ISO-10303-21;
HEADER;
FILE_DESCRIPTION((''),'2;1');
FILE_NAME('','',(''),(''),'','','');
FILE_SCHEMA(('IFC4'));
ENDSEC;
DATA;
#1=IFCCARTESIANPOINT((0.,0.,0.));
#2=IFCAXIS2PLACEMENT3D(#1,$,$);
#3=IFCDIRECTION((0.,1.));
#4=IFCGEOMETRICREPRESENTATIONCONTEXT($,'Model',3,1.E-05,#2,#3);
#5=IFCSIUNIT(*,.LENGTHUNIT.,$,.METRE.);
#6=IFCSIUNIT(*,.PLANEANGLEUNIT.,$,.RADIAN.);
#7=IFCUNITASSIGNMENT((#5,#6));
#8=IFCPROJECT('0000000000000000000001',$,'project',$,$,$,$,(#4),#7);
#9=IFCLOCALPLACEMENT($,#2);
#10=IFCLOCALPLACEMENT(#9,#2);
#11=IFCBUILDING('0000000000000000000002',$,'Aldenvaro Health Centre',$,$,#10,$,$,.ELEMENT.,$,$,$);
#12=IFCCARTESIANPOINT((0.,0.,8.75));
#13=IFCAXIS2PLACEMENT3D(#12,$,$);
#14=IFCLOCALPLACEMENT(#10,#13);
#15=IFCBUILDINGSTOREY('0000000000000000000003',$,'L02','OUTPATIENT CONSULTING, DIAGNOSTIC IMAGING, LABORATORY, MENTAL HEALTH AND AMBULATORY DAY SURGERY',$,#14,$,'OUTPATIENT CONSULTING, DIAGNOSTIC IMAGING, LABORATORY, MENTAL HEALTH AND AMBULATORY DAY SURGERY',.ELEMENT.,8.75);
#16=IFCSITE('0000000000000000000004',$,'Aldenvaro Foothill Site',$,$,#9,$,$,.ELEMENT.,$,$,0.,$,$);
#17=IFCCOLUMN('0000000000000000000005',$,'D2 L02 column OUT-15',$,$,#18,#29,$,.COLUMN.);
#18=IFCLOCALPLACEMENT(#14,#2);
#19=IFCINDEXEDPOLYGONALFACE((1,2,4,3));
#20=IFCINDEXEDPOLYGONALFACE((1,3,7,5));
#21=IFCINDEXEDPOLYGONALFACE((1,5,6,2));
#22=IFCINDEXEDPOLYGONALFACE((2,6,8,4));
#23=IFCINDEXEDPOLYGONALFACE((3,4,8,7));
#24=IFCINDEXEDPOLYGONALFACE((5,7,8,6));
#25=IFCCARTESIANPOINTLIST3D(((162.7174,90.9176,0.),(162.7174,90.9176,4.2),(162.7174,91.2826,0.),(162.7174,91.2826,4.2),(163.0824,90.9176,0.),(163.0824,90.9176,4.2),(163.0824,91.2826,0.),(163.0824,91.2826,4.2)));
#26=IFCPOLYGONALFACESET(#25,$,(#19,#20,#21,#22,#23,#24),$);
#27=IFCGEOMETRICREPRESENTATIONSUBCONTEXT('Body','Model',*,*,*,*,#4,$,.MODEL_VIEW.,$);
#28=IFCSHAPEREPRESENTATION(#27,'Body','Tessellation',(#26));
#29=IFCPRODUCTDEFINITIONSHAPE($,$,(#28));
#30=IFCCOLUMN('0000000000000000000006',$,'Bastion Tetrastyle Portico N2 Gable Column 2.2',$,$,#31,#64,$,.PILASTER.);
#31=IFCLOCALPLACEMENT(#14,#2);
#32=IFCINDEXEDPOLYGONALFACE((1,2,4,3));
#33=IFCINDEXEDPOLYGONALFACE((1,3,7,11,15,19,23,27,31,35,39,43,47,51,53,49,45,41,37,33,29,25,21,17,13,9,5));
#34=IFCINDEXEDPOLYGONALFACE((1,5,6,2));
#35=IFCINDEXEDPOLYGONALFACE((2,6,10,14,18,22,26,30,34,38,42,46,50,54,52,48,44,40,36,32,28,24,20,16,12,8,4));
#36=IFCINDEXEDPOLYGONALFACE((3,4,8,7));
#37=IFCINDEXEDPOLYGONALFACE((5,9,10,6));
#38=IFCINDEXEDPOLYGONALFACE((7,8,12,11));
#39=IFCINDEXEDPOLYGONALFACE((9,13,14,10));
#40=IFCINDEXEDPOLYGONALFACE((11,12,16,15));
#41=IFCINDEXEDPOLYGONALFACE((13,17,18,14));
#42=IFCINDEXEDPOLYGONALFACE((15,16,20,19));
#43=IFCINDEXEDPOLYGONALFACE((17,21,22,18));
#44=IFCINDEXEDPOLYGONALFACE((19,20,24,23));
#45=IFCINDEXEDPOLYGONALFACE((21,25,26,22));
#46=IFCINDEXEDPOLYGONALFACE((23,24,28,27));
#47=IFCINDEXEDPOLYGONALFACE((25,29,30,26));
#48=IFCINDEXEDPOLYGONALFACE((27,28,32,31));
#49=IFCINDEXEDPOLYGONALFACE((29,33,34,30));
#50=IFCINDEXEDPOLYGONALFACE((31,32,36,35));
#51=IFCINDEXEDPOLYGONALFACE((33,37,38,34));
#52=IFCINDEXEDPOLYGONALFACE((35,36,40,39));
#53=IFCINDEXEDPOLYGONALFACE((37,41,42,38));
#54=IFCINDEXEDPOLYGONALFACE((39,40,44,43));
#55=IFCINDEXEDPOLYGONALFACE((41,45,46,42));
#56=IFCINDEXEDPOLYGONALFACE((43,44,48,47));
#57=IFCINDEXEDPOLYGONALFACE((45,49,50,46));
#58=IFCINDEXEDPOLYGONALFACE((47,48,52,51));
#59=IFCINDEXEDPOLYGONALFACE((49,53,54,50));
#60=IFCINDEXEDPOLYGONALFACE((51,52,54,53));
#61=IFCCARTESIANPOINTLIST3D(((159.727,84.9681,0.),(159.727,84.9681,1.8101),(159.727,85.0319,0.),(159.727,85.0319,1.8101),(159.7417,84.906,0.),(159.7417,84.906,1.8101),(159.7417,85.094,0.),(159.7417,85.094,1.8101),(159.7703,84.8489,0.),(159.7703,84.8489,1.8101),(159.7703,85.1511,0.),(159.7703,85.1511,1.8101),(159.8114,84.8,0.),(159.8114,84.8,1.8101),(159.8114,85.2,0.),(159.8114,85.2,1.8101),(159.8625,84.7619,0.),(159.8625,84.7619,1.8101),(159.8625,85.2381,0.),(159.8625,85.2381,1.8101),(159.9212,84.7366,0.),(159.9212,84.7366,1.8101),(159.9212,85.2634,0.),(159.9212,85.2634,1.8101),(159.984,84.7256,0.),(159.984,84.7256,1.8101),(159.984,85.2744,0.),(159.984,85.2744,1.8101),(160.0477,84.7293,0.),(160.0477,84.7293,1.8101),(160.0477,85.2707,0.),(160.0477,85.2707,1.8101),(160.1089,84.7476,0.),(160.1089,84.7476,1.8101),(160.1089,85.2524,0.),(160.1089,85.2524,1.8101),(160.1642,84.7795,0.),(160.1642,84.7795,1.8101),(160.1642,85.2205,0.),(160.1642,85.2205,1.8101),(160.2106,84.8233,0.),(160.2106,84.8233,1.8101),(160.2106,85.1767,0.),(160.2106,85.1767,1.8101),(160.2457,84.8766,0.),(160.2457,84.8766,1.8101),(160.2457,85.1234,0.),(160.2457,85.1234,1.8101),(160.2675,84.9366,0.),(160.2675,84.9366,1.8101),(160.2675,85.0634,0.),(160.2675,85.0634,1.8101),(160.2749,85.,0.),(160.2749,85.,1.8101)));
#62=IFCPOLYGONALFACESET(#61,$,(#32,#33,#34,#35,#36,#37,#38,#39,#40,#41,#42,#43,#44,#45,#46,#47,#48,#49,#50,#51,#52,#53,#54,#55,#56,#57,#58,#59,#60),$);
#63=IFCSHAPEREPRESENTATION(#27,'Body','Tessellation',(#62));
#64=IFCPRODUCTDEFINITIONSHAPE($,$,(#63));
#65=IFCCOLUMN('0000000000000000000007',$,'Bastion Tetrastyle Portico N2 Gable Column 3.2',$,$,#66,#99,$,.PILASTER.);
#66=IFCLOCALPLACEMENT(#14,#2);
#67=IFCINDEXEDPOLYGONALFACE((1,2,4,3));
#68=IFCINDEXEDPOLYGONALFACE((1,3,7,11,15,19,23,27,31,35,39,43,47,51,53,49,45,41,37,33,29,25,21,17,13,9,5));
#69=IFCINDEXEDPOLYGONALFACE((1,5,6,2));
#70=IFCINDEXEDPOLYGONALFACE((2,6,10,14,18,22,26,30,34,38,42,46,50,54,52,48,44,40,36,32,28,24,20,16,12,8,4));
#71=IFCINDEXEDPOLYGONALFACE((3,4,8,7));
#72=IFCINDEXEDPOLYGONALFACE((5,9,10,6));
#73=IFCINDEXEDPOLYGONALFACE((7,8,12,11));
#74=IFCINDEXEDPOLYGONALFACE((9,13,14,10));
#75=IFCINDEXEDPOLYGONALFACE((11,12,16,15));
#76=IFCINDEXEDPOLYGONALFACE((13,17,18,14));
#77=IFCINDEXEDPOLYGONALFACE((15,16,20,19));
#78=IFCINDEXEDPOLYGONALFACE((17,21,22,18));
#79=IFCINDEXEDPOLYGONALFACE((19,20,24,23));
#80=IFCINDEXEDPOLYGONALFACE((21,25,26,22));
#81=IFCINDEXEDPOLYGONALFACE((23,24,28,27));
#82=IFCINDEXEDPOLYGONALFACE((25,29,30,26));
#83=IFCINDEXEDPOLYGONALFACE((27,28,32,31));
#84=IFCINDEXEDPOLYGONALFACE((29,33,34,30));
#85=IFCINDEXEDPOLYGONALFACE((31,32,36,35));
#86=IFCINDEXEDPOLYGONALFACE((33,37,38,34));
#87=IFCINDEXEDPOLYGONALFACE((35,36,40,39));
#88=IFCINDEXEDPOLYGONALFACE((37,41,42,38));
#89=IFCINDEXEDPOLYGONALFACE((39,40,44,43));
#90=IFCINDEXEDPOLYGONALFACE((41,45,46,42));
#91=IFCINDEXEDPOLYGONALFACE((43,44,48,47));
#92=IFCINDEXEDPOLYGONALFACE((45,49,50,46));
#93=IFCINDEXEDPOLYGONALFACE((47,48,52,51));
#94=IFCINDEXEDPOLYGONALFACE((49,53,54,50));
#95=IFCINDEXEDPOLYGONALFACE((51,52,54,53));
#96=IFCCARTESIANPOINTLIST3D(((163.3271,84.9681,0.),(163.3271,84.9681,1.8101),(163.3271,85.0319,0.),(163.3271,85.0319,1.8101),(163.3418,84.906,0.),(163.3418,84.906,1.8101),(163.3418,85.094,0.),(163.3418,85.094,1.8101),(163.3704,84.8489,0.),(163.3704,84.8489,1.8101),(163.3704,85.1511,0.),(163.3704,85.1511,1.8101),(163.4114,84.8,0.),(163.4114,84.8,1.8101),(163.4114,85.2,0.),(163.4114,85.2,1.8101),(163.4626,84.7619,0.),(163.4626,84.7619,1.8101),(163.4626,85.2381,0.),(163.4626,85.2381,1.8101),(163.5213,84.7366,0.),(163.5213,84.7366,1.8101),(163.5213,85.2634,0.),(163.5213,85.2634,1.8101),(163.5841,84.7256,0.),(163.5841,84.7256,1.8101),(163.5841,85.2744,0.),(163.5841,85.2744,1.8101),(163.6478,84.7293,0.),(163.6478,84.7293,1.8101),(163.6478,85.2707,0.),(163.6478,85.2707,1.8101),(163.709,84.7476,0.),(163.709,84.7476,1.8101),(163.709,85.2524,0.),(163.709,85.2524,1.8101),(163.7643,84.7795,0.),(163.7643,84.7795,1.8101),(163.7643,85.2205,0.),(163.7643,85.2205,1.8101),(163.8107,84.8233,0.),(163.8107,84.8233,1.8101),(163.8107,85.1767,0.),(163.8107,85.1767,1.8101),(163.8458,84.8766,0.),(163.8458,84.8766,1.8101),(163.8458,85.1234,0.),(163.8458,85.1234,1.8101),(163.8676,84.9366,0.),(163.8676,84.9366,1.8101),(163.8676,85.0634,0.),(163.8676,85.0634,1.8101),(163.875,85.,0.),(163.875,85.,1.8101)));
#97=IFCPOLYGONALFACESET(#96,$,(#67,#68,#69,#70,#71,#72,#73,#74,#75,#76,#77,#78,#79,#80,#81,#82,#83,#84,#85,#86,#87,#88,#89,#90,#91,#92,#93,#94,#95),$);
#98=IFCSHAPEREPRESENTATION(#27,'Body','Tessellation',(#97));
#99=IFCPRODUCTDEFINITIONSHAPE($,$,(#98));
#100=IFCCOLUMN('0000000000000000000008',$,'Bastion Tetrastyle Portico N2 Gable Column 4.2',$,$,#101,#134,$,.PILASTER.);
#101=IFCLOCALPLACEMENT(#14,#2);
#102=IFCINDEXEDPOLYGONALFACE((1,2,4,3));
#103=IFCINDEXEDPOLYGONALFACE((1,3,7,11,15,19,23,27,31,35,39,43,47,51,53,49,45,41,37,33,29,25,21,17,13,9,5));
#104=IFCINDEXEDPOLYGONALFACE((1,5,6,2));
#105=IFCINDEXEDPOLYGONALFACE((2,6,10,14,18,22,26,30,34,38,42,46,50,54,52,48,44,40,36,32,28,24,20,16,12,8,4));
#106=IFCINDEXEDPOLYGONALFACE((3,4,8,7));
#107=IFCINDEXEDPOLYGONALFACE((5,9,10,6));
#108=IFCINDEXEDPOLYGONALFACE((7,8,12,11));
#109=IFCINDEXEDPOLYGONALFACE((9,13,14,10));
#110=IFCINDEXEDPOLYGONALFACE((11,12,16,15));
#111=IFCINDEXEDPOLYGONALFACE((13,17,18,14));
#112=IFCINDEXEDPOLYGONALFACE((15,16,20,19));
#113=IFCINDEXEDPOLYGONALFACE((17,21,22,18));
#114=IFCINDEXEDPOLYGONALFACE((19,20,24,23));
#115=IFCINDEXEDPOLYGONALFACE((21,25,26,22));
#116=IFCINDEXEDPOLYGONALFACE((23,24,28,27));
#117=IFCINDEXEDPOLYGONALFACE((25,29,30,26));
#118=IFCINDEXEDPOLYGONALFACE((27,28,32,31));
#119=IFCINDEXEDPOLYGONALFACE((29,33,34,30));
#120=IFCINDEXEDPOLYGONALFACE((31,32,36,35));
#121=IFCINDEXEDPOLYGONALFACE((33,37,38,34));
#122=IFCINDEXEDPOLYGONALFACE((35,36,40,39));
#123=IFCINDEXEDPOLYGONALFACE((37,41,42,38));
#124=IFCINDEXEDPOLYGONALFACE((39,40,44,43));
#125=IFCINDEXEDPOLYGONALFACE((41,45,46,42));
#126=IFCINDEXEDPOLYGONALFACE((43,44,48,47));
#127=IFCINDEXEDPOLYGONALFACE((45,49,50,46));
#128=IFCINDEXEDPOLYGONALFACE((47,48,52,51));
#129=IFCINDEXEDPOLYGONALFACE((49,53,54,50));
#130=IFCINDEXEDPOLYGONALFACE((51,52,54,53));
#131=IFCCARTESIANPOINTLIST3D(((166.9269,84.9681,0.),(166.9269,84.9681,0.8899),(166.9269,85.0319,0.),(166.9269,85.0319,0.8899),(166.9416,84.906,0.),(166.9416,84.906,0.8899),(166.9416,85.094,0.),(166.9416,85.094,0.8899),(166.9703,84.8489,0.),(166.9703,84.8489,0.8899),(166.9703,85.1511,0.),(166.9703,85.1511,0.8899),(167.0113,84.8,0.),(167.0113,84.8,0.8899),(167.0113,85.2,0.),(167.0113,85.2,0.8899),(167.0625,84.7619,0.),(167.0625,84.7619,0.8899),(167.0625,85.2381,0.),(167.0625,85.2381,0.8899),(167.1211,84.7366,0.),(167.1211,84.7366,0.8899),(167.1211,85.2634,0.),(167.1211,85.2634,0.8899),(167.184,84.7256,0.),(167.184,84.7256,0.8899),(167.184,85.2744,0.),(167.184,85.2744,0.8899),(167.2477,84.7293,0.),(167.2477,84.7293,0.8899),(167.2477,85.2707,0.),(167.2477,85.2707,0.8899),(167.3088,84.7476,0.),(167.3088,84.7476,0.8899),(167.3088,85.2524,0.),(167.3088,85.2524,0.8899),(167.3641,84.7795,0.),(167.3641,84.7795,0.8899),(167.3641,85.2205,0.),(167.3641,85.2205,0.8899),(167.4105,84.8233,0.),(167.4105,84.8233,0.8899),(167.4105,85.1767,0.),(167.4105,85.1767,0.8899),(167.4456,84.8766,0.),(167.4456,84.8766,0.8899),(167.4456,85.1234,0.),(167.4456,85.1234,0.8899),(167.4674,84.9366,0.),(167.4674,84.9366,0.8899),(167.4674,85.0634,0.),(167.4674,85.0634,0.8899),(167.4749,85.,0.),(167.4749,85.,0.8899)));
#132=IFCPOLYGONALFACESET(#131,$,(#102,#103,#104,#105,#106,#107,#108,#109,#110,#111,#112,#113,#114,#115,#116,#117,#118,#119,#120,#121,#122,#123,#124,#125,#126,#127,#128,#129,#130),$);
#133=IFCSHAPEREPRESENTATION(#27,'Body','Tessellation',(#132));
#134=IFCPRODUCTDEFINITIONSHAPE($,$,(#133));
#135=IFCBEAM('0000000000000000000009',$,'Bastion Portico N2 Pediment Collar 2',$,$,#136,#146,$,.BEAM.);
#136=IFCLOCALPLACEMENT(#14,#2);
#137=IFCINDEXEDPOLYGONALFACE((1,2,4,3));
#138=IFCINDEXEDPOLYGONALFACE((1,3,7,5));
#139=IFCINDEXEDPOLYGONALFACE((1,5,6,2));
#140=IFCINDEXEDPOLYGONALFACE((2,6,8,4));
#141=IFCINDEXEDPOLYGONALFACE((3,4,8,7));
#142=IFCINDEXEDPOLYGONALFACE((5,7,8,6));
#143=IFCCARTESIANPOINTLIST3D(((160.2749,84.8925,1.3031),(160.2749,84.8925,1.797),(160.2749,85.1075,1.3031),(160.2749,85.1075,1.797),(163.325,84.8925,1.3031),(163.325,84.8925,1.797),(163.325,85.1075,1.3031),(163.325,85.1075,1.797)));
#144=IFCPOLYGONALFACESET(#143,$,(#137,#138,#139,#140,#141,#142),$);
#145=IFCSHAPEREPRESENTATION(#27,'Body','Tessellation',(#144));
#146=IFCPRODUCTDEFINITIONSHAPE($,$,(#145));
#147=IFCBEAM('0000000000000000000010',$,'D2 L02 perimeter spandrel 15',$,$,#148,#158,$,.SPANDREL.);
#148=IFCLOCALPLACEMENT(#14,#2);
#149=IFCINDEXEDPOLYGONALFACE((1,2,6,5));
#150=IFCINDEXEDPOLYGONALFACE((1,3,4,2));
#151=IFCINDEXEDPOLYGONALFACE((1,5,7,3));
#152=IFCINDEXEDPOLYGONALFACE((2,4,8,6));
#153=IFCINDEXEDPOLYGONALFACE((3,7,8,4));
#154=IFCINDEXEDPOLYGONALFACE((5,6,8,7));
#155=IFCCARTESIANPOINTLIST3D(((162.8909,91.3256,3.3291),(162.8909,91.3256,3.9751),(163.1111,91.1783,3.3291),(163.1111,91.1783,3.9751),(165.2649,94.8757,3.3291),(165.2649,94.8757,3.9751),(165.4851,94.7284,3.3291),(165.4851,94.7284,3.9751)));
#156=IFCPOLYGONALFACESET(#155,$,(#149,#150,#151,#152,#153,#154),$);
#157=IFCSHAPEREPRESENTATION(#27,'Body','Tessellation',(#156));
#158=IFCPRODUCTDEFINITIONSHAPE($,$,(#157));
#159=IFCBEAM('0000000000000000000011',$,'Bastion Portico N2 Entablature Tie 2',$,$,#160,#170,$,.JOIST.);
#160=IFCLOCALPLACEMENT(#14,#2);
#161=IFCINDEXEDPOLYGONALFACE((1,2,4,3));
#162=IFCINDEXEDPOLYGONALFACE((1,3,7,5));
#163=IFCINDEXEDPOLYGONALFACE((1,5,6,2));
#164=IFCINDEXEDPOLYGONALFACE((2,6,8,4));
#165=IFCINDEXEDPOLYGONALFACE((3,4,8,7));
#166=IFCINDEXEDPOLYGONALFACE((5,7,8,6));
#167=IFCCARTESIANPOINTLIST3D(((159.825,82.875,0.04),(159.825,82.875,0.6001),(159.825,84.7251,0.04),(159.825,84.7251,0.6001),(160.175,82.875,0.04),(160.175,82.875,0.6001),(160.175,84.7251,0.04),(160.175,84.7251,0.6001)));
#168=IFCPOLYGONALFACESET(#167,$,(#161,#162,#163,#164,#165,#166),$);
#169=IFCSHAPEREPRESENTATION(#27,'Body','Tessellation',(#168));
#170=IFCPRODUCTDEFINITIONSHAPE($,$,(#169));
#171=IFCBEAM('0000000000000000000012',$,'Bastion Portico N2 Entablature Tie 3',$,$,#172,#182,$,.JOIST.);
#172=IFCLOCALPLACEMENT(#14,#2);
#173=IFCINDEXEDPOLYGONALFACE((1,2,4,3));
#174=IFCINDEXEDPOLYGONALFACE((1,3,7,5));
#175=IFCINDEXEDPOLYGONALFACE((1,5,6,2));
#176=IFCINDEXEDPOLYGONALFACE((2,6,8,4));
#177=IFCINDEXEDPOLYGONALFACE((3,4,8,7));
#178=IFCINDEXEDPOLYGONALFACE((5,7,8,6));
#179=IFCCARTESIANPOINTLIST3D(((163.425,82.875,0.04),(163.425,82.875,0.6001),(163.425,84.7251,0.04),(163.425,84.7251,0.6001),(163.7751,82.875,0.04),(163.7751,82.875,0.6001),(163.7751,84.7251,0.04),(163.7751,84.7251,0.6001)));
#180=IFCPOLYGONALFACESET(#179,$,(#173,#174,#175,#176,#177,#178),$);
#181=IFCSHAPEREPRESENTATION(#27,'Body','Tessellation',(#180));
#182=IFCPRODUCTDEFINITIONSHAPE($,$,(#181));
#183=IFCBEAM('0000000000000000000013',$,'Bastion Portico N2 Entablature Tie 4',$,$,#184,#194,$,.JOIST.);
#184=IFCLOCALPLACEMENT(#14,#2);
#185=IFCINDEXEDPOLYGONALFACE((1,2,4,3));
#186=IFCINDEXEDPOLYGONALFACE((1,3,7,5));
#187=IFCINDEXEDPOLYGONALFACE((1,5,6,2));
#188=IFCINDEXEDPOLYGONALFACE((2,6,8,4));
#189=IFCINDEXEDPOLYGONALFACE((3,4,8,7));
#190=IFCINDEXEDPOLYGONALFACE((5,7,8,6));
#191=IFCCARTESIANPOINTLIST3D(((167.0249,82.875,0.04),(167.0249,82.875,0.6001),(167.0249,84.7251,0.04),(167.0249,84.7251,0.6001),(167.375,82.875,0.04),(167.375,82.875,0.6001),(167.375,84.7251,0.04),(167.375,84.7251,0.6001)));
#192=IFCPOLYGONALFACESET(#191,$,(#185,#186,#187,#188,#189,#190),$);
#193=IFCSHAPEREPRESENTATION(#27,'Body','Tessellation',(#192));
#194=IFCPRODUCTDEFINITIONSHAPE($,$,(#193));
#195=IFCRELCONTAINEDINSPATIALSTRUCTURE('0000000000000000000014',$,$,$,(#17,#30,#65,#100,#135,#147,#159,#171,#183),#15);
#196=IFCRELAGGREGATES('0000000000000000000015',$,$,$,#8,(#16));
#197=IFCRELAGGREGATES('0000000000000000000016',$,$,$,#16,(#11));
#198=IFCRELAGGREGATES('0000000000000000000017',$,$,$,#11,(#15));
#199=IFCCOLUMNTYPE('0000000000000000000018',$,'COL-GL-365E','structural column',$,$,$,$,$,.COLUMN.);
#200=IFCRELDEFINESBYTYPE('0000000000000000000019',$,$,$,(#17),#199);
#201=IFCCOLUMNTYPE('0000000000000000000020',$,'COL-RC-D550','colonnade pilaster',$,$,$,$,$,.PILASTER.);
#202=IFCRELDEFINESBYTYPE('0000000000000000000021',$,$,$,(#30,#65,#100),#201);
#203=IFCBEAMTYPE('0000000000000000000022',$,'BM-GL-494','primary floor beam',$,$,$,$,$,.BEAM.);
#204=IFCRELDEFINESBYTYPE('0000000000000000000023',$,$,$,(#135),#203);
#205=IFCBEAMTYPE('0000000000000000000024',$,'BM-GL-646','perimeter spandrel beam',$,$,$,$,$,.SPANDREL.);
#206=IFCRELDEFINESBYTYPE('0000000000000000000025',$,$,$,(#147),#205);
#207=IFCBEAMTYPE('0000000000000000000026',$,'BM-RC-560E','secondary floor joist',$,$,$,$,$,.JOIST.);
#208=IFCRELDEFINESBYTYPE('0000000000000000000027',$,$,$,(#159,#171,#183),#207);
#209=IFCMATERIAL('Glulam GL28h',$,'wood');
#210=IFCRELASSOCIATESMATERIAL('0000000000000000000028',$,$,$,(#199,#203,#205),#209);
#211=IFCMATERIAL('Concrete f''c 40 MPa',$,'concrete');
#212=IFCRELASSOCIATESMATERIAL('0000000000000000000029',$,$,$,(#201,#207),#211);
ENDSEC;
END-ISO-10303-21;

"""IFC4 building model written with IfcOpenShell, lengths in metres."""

from ifc_helpers import new_model, si_unit, direction, frame, origin, origin_2d, place, context, subcontext, project, spatial, rectangle, circle, extrude, material, material_profile, profile_set, type_object, element, save


model = new_model("IFC4")

# Units and contexts
model_context = context("Model", 3, precision=1e-05, world=origin(), true_north=direction((0.0, 1.0)))
body_context = subcontext(model_context, "Body", "Model", "MODEL_VIEW")
ifc_project = project(units=[si_unit("LENGTHUNIT", "METRE"), si_unit("PLANEANGLEUNIT", "RADIAN")], contexts=[model_context])

# Site, building, storey
site_placement = place(None, origin())
site = spatial("IfcSite", under=ifc_project, at=site_placement, Name="Aldenvaro Foothill Site", CompositionType="ELEMENT", RefElevation=0.0)
building_placement = place(site_placement, origin())
building = spatial("IfcBuilding", under=site, at=building_placement, Name="Aldenvaro Health Centre", CompositionType="ELEMENT")
storey_placement = place(building_placement, frame((0.0, 0.0, 8.75)))
storey = spatial("IfcBuildingStorey", under=building, at=storey_placement, Name="L02", Description="OUTPATIENT CONSULTING, DIAGNOSTIC IMAGING, LABORATORY, MENTAL HEALTH AND AMBULATORY DAY SURGERY", LongName="OUTPATIENT CONSULTING, DIAGNOSTIC IMAGING, LABORATORY, MENTAL HEALTH AND AMBULATORY DAY SURGERY", CompositionType="ELEMENT", Elevation=8.75)

# Columns
ifc_material_1 = material(Name="Glulam GL28h", Category="wood")
ifc_material_profile_1 = material_profile(ifc_material_1, rectangle(XDim=0.365, YDim=0.365, at=origin_2d()), Name="GL 365x365", Category="wood")
ifc_profile_set_1 = profile_set([ifc_material_profile_1], Name="Glulam GL28h")
column_type_1 = type_object("IfcColumnType", Name="COL-GL-365E", Description="structural column", PredefinedType="COLUMN", material=ifc_profile_set_1)
column_1_placement = place(storey_placement, frame((162.8999, 91.1001, 0.0), z_axis=(0.0, 0.0, 1.0), x_axis=(1.0, 0.0, 0.0)))
element("IfcColumn", 1, at=column_1_placement, inside=storey, type_object=column_type_1, Name="D2 L02 column OUT-15", PredefinedType="COLUMN", context=body_context, shape_type="SweptSolid", body=[
    extrude(rectangle(XDim=0.365, YDim=0.365, at=origin_2d()), origin(), (0.0, 0.0, 1.0), 4.2),
])
ifc_material_2 = material(Name="Concrete f'c 40 MPa", Category="concrete")
ifc_material_profile_2 = material_profile(ifc_material_2, circle(Radius=0.2749, at=origin_2d()), Name="RC D550", Category="concrete")
ifc_profile_set_2 = profile_set([ifc_material_profile_2], Name="Concrete f'c 40 MPa")
column_type_2 = type_object("IfcColumnType", Name="COL-RC-D550", Description="colonnade pilaster", PredefinedType="PILASTER", material=ifc_profile_set_2)
for number, where, z_axis, x_axis, name in (
    (2, (160.0, 85.0, 0.0), (0.0, 0.0, 1.0), (1.0, 0.0, 0.0), "Bastion Tetrastyle Portico N2 Gable Column 2.2"),
    (3, (163.6001, 85.0, 0.0), (0.0, 0.0, 1.0), (1.0, 0.0, 0.0), "Bastion Tetrastyle Portico N2 Gable Column 3.2"),
):
    element("IfcColumn", number, at=place(storey_placement, frame(where, z_axis=z_axis, x_axis=x_axis)), inside=storey, type_object=column_type_2, Name=name, PredefinedType="PILASTER", context=body_context, shape_type="SweptSolid", body=[
        extrude(circle(Radius=0.2749, at=origin_2d()), origin(), (0.0, 0.0, 1.0), 1.8101),
    ])
column_2_placement = place(storey_placement, frame((167.2, 85.0, 0.0), z_axis=(0.0, 0.0, 1.0), x_axis=(1.0, 0.0, 0.0)))
element("IfcColumn", 4, at=column_2_placement, inside=storey, type_object=column_type_2, Name="Bastion Tetrastyle Portico N2 Gable Column 4.2", PredefinedType="PILASTER", context=body_context, shape_type="SweptSolid", body=[
    extrude(circle(Radius=0.2749, at=origin_2d()), origin(), (0.0, 0.0, 1.0), 0.8899),
])

# Beams
ifc_material_profile_3 = material_profile(ifc_material_1, rectangle(XDim=0.2151, YDim=0.4939, at=origin_2d()), Name="GL 215x494", Category="wood")
ifc_profile_set_3 = profile_set([ifc_material_profile_3], Name="Glulam GL28h")
beam_type_1 = type_object("IfcBeamType", Name="BM-GL-494", Description="primary floor beam", PredefinedType="BEAM", material=ifc_profile_set_3)
beam_1_placement = place(storey_placement, frame((160.2749, 85.0, 1.55), z_axis=(1.0, 0.0, 0.0), x_axis=(0.0, 1.0, 0.0)))
element("IfcBeam", 5, at=beam_1_placement, inside=storey, type_object=beam_type_1, Name="Bastion Portico N2 Pediment Collar 2", PredefinedType="BEAM", context=body_context, shape_type="SweptSolid", body=[
    extrude(rectangle(XDim=0.2151, YDim=0.4939, at=origin_2d()), origin(), (0.0, 0.0, 1.0), 3.05),
])
ifc_material_profile_4 = material_profile(ifc_material_1, rectangle(XDim=0.2649, YDim=0.646, at=origin_2d()), Name="GL 265x646", Category="wood")
ifc_profile_set_4 = profile_set([ifc_material_profile_4], Name="Glulam GL28h")
beam_type_2 = type_object("IfcBeamType", Name="BM-GL-646", Description="perimeter spandrel beam", PredefinedType="SPANDREL", material=ifc_profile_set_4)
beam_2_placement = place(storey_placement, frame((163.001, 91.252, 3.6521), z_axis=(0.555887, 0.831258, 0.0), x_axis=(-0.831258, 0.555887, 0.0)))
element("IfcBeam", 6, at=beam_2_placement, inside=storey, type_object=beam_type_2, Name="D2 L02 perimeter spandrel 15", PredefinedType="SPANDREL", context=body_context, shape_type="SweptSolid", body=[
    extrude(rectangle(XDim=0.2649, YDim=0.646, at=origin_2d()), origin(), (0.0, 0.0, 1.0), 4.2708),
])
ifc_material_profile_5 = material_profile(ifc_material_2, rectangle(XDim=0.3501, YDim=0.5601, at=origin_2d()), Name="RC 350x560", Category="concrete")
ifc_profile_set_5 = profile_set([ifc_material_profile_5], Name="Concrete f'c 40 MPa")
beam_type_3 = type_object("IfcBeamType", Name="BM-RC-560E", Description="secondary floor joist", PredefinedType="JOIST", material=ifc_profile_set_5)
for number, where, z_axis, x_axis, name in (
    (7, (160.0, 82.875, 0.3201), (0.0, 1.0, 0.0), (-1.0, 0.0, 0.0), "Bastion Portico N2 Entablature Tie 2"),
    (8, (163.6001, 82.875, 0.3201), (0.0, 1.0, 0.0), (-1.0, 0.0, 0.0), "Bastion Portico N2 Entablature Tie 3"),
    (9, (167.2, 82.875, 0.3201), (0.0, 1.0, 0.0), (-1.0, 0.0, 0.0), "Bastion Portico N2 Entablature Tie 4"),
):
    element("IfcBeam", number, at=place(storey_placement, frame(where, z_axis=z_axis, x_axis=x_axis)), inside=storey, type_object=beam_type_3, Name=name, PredefinedType="JOIST", context=body_context, shape_type="SweptSolid", body=[
        extrude(rectangle(XDim=0.3501, YDim=0.5601, at=origin_2d()), origin(), (0.0, 0.0, 1.0), 1.8501),
    ])

save(model, "model.ifc")
